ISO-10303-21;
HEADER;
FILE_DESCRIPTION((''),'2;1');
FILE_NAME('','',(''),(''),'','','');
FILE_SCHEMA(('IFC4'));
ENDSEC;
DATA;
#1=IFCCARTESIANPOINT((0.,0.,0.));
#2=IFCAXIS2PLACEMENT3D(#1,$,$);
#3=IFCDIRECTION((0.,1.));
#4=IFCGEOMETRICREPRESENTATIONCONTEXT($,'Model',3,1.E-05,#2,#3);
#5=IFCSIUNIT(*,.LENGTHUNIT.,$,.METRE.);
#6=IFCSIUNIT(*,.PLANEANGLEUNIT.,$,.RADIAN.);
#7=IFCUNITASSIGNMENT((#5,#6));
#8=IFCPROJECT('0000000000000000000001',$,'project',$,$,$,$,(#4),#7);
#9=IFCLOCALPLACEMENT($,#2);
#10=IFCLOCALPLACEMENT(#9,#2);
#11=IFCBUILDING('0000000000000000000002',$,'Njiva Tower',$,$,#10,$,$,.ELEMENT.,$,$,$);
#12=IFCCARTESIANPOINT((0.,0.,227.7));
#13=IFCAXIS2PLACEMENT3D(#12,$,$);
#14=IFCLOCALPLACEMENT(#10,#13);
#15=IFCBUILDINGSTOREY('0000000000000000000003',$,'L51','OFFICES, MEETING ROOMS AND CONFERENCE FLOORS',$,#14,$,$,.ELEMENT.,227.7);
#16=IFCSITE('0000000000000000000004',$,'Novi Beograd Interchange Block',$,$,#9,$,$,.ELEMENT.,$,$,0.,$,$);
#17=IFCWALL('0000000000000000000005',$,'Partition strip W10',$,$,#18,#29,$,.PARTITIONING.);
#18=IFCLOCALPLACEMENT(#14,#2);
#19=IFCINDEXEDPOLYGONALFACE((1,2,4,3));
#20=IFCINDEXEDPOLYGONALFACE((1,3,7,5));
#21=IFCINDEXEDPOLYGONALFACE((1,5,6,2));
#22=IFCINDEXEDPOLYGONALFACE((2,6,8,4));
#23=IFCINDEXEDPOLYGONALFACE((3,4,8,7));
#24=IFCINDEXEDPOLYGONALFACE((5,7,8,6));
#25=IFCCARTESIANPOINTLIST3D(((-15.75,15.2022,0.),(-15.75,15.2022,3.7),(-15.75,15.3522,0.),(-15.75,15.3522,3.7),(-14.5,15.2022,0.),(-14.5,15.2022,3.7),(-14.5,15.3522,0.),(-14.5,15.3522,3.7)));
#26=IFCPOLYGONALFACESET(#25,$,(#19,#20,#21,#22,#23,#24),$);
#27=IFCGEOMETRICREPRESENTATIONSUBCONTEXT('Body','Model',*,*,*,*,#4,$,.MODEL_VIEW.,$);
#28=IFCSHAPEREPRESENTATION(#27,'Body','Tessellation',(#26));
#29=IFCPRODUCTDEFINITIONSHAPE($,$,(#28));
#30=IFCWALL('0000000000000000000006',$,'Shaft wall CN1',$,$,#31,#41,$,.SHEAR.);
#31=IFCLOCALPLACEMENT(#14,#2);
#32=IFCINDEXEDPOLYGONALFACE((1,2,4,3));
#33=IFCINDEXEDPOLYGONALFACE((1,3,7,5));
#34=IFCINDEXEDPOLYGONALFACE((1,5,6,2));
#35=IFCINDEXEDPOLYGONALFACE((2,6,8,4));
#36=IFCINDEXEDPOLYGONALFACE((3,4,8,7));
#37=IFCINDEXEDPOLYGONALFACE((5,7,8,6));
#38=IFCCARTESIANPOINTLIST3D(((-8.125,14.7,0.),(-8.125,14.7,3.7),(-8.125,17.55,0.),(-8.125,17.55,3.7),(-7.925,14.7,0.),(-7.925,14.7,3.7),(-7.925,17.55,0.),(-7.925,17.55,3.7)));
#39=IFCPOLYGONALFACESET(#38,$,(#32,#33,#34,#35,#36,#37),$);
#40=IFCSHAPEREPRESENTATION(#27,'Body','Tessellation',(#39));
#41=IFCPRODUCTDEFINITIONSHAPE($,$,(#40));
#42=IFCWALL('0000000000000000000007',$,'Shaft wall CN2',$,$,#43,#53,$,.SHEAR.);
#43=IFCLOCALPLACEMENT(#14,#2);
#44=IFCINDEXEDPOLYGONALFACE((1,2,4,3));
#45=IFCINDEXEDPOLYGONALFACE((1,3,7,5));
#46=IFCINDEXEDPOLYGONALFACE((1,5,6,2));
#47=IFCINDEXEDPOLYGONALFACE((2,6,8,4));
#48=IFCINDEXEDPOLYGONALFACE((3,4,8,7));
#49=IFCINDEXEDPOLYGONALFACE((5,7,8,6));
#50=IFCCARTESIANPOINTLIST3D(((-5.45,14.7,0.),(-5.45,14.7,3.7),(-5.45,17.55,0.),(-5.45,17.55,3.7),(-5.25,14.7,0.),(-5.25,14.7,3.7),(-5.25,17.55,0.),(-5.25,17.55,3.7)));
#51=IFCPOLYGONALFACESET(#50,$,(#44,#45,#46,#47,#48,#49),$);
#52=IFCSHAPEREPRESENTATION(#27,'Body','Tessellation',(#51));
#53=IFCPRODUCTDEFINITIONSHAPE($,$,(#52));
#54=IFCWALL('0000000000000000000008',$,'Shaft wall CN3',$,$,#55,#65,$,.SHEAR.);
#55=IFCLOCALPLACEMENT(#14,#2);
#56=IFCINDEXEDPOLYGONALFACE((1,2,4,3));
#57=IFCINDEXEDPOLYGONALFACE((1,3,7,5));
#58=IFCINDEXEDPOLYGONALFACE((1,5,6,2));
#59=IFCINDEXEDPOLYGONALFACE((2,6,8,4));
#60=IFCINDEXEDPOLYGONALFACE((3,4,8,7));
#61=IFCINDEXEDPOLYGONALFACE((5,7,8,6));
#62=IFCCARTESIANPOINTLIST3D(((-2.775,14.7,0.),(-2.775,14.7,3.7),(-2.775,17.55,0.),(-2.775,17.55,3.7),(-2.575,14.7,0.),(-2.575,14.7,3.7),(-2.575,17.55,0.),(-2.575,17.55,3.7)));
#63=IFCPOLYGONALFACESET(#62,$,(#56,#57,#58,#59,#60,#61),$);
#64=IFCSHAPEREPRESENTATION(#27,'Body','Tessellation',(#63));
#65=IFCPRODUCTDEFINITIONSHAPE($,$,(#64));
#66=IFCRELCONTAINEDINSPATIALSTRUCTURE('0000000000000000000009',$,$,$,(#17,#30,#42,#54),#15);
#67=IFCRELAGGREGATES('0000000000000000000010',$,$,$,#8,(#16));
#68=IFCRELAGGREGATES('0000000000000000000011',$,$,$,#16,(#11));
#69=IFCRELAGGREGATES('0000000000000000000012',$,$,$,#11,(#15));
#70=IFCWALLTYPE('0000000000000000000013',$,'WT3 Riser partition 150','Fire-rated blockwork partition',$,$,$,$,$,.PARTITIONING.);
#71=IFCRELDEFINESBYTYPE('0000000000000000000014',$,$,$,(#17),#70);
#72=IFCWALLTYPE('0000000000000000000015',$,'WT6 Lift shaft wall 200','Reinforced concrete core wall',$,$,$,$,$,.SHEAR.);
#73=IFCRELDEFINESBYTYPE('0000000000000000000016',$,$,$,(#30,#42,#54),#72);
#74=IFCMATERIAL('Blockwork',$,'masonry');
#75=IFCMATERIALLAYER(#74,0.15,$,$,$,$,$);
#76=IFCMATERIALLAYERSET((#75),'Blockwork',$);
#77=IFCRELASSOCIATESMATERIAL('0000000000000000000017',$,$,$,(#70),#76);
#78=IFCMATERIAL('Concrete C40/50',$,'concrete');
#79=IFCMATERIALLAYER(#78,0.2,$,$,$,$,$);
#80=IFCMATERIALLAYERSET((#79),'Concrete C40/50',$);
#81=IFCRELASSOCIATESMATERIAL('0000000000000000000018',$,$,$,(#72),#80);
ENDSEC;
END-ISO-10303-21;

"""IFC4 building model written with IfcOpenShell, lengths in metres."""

from ifc_helpers import new_model, si_unit, direction, frame, frame_2d, origin, place, context, subcontext, project, spatial, rectangle, extrude, material, layer, layer_set, type_object, element, save


model = new_model("IFC4")

# Units and contexts
model_context = context("Model", 3, precision=1e-05, world=origin(), true_north=direction((0.0, 1.0)))
body_context = subcontext(model_context, "Body", "Model", "MODEL_VIEW")
ifc_project = project(units=[si_unit("LENGTHUNIT", "METRE"), si_unit("PLANEANGLEUNIT", "RADIAN")], contexts=[model_context])

# Site, building, storey
site_placement = place(None, origin())
site = spatial("IfcSite", under=ifc_project, at=site_placement, Name="Novi Beograd Interchange Block", CompositionType="ELEMENT", RefElevation=0.0)
building_placement = place(site_placement, origin())
building = spatial("IfcBuilding", under=site, at=building_placement, Name="Njiva Tower", CompositionType="ELEMENT")
storey_placement = place(building_placement, frame((0.0, 0.0, 227.7)))
storey = spatial("IfcBuildingStorey", under=building, at=storey_placement, Name="L51", Description="OFFICES, MEETING ROOMS AND CONFERENCE FLOORS", CompositionType="ELEMENT", Elevation=227.7)

# Shared definitions
ifc_material_1 = material(Name="Blockwork", Category="masonry")

# Walls
ifc_layer_1 = layer(ifc_material_1, 0.15)
ifc_layer_set_1 = layer_set([ifc_layer_1], Name="Blockwork")
wall_type_1 = type_object("IfcWallType", Name="WT3 Riser partition 150", Description="Fire-rated blockwork partition", PredefinedType="PARTITIONING", material=ifc_layer_set_1)
wall_1_placement = place(storey_placement, frame((-15.75, 15.2772, 0.0), z_axis=(0.0, 0.0, 1.0), x_axis=(1.0, 0.0, 0.0)))
element("IfcWall", 1, at=wall_1_placement, inside=storey, type_object=wall_type_1, Name="Partition strip W10", PredefinedType="PARTITIONING", context=body_context, shape_type="SweptSolid", body=[
    extrude(rectangle(XDim=1.25, YDim=0.15, at=frame_2d((0.625, 0.0))), origin(), (0.0, 0.0, 1.0), 3.7),
])
ifc_material_2 = material(Name="Concrete C40/50", Category="concrete")
ifc_layer_2 = layer(ifc_material_2, 0.2)
ifc_layer_set_2 = layer_set([ifc_layer_2], Name="Concrete C40/50")
wall_type_2 = type_object("IfcWallType", Name="WT6 Lift shaft wall 200", Description="Reinforced concrete core wall", PredefinedType="SHEAR", material=ifc_layer_set_2)
for number, where, z_axis, x_axis, name in (
    (2, (-8.025, 14.7, 0.0), (0.0, 0.0, 1.0), (0.0, 1.0, 0.0), "Shaft wall CN1"),
    (3, (-5.35, 14.7, 0.0), (0.0, 0.0, 1.0), (0.0, 1.0, 0.0), "Shaft wall CN2"),
    (4, (-2.675, 14.7, 0.0), (0.0, 0.0, 1.0), (0.0, 1.0, 0.0), "Shaft wall CN3"),
):
    element("IfcWall", number, at=place(storey_placement, frame(where, z_axis=z_axis, x_axis=x_axis)), inside=storey, type_object=wall_type_2, Name=name, PredefinedType="SHEAR", context=body_context, shape_type="SweptSolid", body=[
        extrude(rectangle(XDim=2.85, YDim=0.2, at=frame_2d((1.425, 0.0))), origin(), (0.0, 0.0, 1.0), 3.7),
    ])

save(model, "model.ifc")
